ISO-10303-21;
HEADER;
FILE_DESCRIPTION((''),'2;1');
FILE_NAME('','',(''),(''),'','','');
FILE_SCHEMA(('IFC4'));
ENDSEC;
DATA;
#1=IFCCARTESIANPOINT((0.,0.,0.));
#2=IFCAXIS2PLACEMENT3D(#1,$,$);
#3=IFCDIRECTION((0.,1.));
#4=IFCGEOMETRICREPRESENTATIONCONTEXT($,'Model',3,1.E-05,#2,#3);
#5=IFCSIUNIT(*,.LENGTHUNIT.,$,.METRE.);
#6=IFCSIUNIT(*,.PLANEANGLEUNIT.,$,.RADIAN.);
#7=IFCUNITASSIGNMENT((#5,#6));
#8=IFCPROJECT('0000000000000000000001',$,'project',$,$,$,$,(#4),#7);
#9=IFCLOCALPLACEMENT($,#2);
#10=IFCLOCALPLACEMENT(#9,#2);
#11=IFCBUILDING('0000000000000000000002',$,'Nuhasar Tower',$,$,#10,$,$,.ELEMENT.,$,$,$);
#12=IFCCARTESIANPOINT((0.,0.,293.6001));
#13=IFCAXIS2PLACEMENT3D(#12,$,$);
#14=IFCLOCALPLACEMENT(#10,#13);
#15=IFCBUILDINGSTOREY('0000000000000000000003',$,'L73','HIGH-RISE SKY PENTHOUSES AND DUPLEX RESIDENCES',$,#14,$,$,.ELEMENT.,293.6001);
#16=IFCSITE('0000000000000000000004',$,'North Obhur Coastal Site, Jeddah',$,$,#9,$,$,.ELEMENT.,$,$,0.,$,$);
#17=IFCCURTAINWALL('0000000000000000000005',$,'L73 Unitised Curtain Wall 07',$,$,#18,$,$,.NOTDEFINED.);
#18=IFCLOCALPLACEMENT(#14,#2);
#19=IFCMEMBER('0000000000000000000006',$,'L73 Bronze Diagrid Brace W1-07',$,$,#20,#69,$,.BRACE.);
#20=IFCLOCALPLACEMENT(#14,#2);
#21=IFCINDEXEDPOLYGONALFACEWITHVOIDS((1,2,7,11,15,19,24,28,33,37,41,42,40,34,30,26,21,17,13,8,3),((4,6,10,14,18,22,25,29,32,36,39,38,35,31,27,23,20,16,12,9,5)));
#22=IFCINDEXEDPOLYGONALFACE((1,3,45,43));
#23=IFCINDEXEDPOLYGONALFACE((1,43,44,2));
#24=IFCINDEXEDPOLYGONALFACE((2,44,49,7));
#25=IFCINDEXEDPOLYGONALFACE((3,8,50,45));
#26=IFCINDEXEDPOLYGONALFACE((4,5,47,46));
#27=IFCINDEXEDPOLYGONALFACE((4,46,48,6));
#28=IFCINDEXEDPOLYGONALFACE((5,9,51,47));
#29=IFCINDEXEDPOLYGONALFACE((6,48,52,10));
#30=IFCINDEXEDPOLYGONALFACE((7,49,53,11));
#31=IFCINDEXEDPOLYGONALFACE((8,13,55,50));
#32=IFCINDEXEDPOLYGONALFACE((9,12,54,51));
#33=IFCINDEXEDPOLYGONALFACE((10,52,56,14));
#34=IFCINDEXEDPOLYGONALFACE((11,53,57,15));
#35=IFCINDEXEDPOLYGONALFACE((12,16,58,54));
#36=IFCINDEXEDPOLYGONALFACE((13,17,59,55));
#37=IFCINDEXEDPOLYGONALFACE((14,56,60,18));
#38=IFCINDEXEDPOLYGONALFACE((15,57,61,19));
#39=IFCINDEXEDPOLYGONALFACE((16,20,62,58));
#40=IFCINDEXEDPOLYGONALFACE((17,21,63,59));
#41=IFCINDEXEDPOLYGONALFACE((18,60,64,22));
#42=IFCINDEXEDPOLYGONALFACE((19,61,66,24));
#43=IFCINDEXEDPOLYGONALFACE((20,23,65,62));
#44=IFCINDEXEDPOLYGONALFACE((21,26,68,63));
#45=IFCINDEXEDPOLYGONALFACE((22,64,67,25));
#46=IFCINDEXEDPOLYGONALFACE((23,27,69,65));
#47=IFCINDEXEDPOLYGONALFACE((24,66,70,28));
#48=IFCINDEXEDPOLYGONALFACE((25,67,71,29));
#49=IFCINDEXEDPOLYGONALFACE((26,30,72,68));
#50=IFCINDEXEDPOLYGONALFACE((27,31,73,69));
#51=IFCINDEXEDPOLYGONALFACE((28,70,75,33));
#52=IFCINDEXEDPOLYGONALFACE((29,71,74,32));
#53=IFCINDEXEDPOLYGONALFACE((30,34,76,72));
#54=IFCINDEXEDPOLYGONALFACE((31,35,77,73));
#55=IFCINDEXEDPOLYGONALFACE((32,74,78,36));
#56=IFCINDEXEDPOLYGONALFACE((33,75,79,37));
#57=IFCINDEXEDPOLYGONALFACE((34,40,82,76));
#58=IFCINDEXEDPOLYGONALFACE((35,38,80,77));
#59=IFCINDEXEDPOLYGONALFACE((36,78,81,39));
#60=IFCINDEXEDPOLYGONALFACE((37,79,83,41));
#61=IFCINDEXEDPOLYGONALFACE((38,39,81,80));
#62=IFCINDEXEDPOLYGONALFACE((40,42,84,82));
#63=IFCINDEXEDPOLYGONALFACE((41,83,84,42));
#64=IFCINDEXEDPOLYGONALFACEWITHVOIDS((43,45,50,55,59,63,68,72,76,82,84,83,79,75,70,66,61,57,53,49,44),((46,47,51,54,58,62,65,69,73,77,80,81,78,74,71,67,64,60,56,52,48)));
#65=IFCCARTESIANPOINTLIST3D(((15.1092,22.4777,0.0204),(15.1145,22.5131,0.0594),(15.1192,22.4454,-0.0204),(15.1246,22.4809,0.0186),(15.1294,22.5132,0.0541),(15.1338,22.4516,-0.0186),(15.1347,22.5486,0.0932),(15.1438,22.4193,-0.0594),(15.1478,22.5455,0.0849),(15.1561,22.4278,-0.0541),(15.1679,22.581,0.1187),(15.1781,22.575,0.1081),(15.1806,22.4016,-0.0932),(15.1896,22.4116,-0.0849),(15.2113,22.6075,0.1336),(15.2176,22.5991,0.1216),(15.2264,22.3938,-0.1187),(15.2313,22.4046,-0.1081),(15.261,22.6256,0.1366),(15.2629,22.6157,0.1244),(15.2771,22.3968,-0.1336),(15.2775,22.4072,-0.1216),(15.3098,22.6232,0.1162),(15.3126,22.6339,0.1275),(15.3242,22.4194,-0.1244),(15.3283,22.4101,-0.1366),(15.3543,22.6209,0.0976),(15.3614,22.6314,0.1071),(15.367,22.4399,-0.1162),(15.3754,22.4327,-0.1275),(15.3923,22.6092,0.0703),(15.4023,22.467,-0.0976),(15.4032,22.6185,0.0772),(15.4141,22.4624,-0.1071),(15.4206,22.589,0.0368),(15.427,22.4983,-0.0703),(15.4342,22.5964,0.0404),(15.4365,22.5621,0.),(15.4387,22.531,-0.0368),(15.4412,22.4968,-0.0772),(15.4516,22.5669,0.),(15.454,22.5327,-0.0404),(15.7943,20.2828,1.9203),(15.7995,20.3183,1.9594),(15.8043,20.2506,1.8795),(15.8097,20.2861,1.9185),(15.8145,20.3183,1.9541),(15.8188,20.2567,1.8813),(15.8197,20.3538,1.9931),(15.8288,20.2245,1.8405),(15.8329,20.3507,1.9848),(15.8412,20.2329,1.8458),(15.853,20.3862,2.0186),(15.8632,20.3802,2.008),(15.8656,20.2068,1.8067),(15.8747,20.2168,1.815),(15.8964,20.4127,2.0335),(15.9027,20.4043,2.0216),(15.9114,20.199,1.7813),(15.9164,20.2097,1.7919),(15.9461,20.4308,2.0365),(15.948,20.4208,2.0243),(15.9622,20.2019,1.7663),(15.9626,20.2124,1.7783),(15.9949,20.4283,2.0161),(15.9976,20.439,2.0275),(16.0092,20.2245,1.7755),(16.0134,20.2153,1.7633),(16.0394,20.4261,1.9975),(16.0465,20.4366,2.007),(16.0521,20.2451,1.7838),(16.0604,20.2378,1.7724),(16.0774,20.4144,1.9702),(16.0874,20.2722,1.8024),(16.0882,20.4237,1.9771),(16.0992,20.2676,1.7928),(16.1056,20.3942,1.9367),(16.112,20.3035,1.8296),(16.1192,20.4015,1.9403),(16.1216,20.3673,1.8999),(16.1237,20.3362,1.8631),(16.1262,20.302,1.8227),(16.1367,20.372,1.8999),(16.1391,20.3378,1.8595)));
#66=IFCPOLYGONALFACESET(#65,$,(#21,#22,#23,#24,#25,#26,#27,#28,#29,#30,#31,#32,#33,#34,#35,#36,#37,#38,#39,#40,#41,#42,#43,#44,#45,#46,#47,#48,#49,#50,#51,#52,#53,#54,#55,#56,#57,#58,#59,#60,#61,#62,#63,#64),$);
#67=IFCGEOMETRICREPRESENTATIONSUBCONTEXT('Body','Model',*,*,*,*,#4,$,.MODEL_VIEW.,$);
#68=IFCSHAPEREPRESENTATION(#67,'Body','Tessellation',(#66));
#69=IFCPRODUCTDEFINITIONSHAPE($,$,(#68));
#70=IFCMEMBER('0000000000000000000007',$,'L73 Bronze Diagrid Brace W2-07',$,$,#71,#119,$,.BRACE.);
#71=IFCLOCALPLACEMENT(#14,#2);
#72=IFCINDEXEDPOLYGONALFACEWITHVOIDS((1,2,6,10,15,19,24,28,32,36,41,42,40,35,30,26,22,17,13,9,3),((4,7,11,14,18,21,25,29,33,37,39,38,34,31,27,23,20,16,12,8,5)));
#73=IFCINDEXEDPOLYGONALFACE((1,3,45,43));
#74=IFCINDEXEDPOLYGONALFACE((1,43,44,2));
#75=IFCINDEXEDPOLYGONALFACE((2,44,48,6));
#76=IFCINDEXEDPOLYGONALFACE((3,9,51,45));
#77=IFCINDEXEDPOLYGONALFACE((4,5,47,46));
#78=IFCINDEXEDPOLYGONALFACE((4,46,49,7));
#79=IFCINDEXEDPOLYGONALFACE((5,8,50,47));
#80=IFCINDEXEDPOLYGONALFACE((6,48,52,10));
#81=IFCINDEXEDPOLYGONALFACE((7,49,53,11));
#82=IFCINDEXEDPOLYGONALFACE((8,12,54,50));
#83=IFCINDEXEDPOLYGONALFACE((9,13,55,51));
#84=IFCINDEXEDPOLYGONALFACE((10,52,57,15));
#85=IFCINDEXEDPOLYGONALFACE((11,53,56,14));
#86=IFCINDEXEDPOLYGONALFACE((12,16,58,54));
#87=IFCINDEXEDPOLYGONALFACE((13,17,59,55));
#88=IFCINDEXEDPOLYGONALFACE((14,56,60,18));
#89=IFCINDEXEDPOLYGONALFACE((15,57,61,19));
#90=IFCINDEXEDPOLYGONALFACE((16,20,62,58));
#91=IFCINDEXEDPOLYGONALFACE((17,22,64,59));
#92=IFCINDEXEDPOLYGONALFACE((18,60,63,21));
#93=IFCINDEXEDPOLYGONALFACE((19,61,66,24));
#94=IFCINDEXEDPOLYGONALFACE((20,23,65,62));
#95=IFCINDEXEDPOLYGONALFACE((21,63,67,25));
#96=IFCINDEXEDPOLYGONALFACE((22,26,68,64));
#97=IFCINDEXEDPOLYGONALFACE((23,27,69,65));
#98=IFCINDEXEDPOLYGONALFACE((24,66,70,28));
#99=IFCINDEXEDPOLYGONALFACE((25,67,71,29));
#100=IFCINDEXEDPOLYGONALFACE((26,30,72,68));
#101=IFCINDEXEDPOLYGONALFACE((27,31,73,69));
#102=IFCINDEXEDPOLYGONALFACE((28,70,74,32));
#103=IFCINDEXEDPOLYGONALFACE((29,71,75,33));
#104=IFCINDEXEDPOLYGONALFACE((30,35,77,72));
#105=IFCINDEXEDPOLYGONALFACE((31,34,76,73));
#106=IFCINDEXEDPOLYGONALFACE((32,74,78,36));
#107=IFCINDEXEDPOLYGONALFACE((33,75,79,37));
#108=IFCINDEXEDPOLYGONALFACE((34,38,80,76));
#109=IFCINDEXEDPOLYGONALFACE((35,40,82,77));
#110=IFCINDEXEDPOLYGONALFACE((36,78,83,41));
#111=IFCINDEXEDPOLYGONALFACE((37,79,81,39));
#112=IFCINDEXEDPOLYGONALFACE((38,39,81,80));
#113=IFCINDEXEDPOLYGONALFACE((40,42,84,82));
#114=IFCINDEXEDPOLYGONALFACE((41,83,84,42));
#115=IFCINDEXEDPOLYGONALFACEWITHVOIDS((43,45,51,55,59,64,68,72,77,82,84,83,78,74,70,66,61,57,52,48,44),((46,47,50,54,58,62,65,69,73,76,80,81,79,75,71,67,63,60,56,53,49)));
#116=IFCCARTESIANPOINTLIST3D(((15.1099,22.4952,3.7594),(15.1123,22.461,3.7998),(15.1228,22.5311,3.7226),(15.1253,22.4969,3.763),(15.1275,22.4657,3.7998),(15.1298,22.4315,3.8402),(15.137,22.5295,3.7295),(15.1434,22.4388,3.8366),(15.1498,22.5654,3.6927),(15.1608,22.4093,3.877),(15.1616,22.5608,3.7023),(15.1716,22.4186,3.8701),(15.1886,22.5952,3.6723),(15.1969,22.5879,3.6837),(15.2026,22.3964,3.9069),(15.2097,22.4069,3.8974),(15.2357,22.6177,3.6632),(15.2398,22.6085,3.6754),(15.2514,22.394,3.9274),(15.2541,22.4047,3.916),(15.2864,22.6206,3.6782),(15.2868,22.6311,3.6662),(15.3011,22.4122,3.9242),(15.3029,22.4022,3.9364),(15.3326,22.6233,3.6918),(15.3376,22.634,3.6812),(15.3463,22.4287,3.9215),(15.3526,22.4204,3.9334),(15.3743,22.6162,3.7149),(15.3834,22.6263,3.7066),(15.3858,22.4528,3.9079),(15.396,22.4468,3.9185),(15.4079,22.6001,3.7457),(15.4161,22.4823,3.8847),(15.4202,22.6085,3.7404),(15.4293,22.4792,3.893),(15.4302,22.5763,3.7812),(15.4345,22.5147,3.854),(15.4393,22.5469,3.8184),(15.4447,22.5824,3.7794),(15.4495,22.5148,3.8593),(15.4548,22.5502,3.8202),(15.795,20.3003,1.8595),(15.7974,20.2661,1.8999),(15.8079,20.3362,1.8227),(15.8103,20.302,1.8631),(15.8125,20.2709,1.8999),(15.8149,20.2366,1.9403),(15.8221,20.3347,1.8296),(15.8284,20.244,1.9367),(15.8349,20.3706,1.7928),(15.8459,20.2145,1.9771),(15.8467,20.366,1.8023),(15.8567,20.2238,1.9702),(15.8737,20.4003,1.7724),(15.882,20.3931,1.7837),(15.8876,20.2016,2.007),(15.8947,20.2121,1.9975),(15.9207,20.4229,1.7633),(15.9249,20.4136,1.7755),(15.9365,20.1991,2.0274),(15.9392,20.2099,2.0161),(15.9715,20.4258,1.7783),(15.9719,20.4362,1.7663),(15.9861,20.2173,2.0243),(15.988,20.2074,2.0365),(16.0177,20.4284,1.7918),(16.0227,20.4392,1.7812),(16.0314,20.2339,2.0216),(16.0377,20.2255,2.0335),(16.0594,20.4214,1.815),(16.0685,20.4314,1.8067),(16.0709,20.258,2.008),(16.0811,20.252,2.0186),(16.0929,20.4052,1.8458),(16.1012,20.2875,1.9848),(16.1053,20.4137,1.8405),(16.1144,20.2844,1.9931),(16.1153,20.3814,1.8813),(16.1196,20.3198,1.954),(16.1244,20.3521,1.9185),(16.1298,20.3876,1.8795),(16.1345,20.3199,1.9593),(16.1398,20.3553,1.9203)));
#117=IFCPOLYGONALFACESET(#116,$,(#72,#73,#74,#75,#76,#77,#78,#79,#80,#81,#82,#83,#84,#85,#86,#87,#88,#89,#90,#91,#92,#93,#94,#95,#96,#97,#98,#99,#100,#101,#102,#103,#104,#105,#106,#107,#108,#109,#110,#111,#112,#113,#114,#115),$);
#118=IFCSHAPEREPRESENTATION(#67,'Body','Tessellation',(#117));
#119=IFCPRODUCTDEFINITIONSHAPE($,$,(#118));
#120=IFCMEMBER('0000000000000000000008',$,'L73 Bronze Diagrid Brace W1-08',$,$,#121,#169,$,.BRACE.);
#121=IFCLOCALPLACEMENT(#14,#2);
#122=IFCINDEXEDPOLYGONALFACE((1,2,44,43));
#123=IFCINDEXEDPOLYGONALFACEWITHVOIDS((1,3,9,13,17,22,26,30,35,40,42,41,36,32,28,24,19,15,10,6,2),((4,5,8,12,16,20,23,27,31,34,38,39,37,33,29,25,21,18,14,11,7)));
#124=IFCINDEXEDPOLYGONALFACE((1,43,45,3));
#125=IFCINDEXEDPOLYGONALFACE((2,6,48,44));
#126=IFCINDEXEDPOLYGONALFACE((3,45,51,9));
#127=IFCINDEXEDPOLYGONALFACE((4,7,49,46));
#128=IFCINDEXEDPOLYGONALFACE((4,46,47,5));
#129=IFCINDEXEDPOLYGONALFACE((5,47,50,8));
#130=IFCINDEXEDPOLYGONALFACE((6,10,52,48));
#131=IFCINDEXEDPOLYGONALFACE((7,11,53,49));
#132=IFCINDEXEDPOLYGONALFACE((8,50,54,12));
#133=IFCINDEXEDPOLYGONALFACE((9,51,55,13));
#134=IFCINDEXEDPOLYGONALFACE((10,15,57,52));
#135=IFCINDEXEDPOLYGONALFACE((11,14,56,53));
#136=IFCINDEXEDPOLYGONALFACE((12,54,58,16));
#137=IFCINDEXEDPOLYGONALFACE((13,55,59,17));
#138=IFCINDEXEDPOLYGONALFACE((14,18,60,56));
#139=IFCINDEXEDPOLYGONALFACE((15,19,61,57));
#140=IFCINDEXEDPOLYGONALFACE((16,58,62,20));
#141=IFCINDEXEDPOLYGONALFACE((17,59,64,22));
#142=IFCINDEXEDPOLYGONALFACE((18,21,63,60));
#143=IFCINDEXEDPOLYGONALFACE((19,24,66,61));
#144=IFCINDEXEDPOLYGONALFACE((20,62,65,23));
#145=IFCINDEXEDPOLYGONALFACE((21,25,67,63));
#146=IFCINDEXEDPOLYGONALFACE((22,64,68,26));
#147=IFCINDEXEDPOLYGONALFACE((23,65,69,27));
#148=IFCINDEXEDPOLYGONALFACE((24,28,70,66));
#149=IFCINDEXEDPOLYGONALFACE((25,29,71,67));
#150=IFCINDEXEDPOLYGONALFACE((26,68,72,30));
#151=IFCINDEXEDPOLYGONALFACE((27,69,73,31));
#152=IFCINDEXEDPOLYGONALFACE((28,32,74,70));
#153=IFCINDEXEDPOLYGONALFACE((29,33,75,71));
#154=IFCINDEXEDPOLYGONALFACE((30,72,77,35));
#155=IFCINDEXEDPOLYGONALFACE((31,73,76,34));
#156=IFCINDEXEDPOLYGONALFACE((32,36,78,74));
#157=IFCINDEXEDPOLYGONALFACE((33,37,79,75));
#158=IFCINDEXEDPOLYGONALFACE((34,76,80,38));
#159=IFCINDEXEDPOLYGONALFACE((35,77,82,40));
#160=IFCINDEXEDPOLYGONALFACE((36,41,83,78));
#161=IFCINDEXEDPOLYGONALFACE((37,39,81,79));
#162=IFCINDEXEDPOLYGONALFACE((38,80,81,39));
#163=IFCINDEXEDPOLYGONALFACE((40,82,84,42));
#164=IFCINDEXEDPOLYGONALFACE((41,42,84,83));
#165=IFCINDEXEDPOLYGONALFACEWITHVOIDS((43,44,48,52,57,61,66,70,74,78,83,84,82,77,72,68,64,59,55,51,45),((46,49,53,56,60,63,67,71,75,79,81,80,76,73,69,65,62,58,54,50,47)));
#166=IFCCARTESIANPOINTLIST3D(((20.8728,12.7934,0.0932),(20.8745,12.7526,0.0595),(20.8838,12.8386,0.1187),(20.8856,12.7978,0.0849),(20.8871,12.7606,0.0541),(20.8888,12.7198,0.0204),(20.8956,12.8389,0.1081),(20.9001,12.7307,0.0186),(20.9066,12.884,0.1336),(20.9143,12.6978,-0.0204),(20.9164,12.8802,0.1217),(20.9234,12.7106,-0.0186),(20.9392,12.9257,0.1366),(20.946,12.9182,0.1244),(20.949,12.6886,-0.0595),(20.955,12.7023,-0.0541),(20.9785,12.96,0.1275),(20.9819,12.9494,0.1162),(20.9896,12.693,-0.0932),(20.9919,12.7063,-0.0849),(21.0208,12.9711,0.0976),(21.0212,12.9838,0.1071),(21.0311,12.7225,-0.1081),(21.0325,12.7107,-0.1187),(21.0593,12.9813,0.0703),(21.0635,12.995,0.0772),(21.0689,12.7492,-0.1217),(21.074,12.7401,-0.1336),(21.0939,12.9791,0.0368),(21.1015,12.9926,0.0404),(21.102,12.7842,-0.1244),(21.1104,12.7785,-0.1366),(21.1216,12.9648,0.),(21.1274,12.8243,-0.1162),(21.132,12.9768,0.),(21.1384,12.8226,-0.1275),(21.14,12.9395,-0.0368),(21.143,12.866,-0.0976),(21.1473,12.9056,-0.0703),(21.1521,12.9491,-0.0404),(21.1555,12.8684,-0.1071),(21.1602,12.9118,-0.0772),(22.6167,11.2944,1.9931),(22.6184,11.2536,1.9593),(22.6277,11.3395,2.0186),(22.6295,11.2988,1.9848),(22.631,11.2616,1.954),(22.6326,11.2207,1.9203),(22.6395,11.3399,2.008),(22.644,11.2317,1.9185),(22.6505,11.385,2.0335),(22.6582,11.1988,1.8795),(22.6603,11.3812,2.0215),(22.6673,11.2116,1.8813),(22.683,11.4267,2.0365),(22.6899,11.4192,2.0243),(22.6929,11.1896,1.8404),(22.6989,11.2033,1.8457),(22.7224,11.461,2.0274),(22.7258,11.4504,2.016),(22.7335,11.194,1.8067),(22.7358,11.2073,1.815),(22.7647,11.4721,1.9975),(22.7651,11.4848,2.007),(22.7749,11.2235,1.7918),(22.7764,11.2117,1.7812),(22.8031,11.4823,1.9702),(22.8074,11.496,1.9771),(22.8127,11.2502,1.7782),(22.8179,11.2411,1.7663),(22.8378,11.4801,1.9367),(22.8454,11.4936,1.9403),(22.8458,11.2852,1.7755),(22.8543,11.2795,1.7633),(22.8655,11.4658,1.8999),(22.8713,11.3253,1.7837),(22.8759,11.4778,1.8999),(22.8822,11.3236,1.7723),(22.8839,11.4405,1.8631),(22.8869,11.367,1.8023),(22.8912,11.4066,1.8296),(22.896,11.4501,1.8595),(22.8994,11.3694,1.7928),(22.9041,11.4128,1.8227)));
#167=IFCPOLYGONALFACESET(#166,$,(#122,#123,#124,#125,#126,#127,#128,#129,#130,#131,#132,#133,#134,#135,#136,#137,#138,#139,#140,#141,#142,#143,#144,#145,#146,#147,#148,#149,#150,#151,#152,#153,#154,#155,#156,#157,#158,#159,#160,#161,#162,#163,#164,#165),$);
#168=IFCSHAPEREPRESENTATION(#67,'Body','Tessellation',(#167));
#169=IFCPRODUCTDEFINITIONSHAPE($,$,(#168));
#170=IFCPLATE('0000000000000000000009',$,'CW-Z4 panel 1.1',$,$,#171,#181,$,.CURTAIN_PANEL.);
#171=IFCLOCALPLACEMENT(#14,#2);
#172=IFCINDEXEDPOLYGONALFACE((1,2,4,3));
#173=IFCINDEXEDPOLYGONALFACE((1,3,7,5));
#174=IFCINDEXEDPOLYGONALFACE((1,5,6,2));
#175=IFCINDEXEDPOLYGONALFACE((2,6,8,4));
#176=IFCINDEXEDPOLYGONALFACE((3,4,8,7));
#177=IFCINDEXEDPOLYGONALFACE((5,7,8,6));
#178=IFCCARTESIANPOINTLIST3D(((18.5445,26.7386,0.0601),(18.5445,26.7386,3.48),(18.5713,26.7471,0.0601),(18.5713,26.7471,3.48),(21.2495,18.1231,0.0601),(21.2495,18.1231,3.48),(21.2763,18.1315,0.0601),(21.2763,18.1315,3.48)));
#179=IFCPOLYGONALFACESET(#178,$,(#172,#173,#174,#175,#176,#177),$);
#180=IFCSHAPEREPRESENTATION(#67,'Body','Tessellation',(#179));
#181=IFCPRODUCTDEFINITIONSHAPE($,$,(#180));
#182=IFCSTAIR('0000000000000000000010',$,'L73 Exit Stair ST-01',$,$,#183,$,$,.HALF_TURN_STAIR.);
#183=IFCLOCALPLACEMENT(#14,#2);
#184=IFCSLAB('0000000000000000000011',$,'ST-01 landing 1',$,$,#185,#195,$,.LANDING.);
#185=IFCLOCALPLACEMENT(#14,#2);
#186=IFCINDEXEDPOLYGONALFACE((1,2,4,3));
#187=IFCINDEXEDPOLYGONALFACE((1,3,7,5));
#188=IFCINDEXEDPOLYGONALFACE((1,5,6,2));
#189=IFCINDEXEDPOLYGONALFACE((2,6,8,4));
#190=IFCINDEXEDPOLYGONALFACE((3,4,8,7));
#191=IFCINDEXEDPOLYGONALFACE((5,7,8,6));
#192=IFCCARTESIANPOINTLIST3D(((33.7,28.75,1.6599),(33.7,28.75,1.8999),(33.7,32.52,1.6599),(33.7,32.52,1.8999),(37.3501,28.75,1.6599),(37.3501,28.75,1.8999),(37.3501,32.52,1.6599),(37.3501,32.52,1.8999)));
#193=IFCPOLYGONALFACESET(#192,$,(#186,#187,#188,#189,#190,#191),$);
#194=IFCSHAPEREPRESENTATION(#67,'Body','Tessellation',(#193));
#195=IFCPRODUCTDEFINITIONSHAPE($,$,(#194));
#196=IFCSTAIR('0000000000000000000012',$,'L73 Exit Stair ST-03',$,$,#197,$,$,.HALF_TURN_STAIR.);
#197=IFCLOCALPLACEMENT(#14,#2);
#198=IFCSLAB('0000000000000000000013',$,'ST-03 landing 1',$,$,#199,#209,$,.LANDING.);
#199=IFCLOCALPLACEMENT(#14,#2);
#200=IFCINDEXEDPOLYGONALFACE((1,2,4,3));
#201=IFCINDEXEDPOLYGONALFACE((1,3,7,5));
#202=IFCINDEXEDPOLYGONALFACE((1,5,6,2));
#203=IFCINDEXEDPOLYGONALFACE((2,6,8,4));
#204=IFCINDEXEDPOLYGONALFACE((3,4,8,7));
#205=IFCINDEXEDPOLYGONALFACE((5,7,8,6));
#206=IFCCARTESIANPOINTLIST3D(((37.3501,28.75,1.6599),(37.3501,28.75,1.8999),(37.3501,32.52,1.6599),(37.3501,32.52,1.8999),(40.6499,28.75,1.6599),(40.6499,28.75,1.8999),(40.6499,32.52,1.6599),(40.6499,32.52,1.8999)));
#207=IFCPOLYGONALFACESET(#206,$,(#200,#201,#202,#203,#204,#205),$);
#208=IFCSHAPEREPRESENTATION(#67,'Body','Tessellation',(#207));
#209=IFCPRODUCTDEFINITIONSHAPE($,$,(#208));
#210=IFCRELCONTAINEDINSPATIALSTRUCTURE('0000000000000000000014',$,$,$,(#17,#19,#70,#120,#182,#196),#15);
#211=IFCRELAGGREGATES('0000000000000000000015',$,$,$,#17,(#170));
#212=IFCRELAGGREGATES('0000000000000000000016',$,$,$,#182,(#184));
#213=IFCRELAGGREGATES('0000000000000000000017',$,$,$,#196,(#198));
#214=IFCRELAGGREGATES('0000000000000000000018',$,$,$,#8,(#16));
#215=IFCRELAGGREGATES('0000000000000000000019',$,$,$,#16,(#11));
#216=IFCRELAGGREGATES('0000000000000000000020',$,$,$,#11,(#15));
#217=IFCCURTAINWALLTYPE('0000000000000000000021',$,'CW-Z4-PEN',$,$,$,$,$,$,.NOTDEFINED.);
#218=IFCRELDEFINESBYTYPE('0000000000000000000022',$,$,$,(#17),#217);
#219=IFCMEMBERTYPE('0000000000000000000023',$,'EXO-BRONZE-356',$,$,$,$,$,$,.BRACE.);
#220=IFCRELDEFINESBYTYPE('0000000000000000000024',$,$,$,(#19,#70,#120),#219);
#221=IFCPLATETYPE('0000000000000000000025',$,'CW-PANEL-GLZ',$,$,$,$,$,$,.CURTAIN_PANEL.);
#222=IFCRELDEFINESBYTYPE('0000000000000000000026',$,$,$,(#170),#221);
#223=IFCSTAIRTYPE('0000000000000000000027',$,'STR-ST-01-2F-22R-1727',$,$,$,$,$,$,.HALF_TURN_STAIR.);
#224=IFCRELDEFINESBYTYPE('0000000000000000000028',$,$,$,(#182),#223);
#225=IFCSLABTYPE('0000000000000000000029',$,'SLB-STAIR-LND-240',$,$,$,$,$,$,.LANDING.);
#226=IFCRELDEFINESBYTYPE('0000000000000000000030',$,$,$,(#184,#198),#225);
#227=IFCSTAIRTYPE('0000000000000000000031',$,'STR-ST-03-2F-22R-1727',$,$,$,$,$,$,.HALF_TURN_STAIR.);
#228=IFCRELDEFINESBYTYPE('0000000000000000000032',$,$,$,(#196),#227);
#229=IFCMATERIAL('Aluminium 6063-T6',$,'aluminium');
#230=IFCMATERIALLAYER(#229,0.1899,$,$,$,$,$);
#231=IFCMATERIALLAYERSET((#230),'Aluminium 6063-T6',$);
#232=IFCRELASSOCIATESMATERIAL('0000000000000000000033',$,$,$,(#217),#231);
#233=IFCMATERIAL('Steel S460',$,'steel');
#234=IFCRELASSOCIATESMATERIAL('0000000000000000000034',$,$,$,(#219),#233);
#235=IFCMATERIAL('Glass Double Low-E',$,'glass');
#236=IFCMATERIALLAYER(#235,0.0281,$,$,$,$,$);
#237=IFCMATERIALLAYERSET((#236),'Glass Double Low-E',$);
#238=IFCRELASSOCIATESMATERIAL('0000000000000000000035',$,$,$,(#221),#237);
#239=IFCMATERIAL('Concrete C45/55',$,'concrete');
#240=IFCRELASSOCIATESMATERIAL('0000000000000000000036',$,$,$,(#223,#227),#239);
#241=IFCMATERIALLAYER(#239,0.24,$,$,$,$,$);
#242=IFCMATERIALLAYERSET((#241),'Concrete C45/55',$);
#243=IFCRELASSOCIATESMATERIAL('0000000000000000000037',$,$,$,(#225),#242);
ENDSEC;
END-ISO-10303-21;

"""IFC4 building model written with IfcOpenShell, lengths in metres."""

from ifc_helpers import new_model, si_unit, direction, frame, origin, origin_2d, place, context, subcontext, project, spatial, polyline, rectangle, hollow_circle, outline, extrude, material, layer, layer_set, material_profile, profile_set, type_object, element, aggregate, save


model = new_model("IFC4")

# Units and contexts
model_context = context("Model", 3, precision=1e-05, world=origin(), true_north=direction((0.0, 1.0)))
body_context = subcontext(model_context, "Body", "Model", "MODEL_VIEW")
ifc_project = project(units=[si_unit("LENGTHUNIT", "METRE"), si_unit("PLANEANGLEUNIT", "RADIAN")], contexts=[model_context])

# Site, building, storey
site_placement = place(None, origin())
site = spatial("IfcSite", under=ifc_project, at=site_placement, Name="North Obhur Coastal Site, Jeddah", CompositionType="ELEMENT", RefElevation=0.0)
building_placement = place(site_placement, origin())
building = spatial("IfcBuilding", under=site, at=building_placement, Name="Nuhasar Tower", CompositionType="ELEMENT")
storey_placement = place(building_placement, frame((0.0, 0.0, 293.6001)))
storey = spatial("IfcBuildingStorey", under=building, at=storey_placement, Name="L73", Description="HIGH-RISE SKY PENTHOUSES AND DUPLEX RESIDENCES", CompositionType="ELEMENT", Elevation=293.6001)

# Curtain wall
ifc_material_1 = material(Name="Aluminium 6063-T6", Category="aluminium")
ifc_layer_1 = layer(ifc_material_1, 0.1899)
ifc_layer_set_1 = layer_set([ifc_layer_1], Name="Aluminium 6063-T6")
curtain_wall_type = type_object("IfcCurtainWallType", Name="CW-Z4-PEN", PredefinedType="NOTDEFINED", material=ifc_layer_set_1)
curtain_wall_1_placement = place(storey_placement, origin())
curtain_wall_1 = element("IfcCurtainWall", 1, at=curtain_wall_1_placement, inside=storey, type_object=curtain_wall_type, Name="L73 Unitised Curtain Wall 07", PredefinedType="NOTDEFINED")

# Members
ifc_material_2 = material(Name="Steel S460", Category="steel")
ifc_material_profile_1 = material_profile(ifc_material_2, hollow_circle(Radius=0.1777, WallThickness=0.0159, at=origin_2d()), Name="HSS355.6X15.9")
ifc_profile_set_1 = profile_set([ifc_material_profile_1], Name="Steel S460")
member_type_1 = type_object("IfcMemberType", Name="EXO-BRONZE-356", PredefinedType="BRACE", material=ifc_profile_set_1)
for number, where, z_axis, x_axis, name in (
    (2, (15.282, 22.5139, 0.0), (0.229681, -0.735864, 0.636985), (0.954582, 0.297948, 0.0), "L73 Bronze Diagrid Brace W1-07"),
    (3, (15.967, 20.3191, 1.8999), (-0.229681, 0.735864, 0.636985), (-0.954582, -0.297948, 0.0), "L73 Bronze Diagrid Brace W2-07"),
):
    element("IfcMember", number, at=place(storey_placement, frame(where, z_axis=z_axis, x_axis=x_axis)), inside=storey, type_object=member_type_1, Name=name, PredefinedType="BRACE", context=body_context, shape_type="SweptSolid", body=[
        extrude(hollow_circle(Radius=0.1777, WallThickness=0.0159, at=origin_2d()), origin(), (0.0, 0.0, 1.0), 2.9827),
    ])
member_1_placement = place(storey_placement, frame((21.0161, 12.842, 0.0), z_axis=(0.584625, -0.502534, 0.636925), x_axis=(0.651857, 0.758342, 0.0)))
element("IfcMember", 4, at=member_1_placement, inside=storey, type_object=member_type_1, Name="L73 Bronze Diagrid Brace W1-08", PredefinedType="BRACE", context=body_context, shape_type="SweptSolid", body=[
    extrude(hollow_circle(Radius=0.1777, WallThickness=0.0159, at=origin_2d()), origin(), (0.0, 0.0, 1.0), 2.9829),
])

# Plate
ifc_material_3 = material(Name="Glass Double Low-E", Category="glass")
ifc_layer_2 = layer(ifc_material_3, 0.0281)
ifc_layer_set_2 = layer_set([ifc_layer_2], Name="Glass Double Low-E")
plate_type = type_object("IfcPlateType", Name="CW-PANEL-GLZ", PredefinedType="CURTAIN_PANEL", material=ifc_layer_set_2)
plate_placement = place(storey_placement, frame((19.9104, 22.4351, 0.0601), z_axis=(0.0, 0.0, 1.0), x_axis=(0.299557, -0.954079, 0.0)))
plate = element("IfcPlate", 5, at=plate_placement, type_object=plate_type, Name="CW-Z4 panel 1.1", PredefinedType="CURTAIN_PANEL", context=body_context, shape_type="SweptSolid", body=[
    extrude(rectangle(XDim=9.0303, YDim=0.0281, at=origin_2d()), origin(), (0.0, 0.0, 1.0), 3.4199),
])
aggregate(curtain_wall_1, [plate])

# Stairs, slabs
ifc_material_4 = material(Name="Concrete C45/55", Category="concrete")
stair_type_1 = type_object("IfcStairType", Name="STR-ST-01-2F-22R-1727", PredefinedType="HALF_TURN_STAIR", material=ifc_material_4)
stair_1_placement = place(storey_placement, origin())
stair_1 = element("IfcStair", 6, at=stair_1_placement, inside=storey, type_object=stair_type_1, Name="L73 Exit Stair ST-01", PredefinedType="HALF_TURN_STAIR")
ifc_layer_3 = layer(ifc_material_4, 0.24)
ifc_layer_set_3 = layer_set([ifc_layer_3], Name="Concrete C45/55")
slab_type_1 = type_object("IfcSlabType", Name="SLB-STAIR-LND-240", PredefinedType="LANDING", material=ifc_layer_set_3)
slab_1_placement = place(storey_placement, frame((0.0, 0.0, 1.6599)))
slab_1 = element("IfcSlab", 7, at=slab_1_placement, type_object=slab_type_1, Name="ST-01 landing 1", PredefinedType="LANDING", context=body_context, shape_type="SweptSolid", body=[
    extrude(outline(polyline([(33.7, 28.75), (37.3501, 28.75), (37.3501, 32.52), (33.7, 32.52), (33.7, 28.75)])), origin(), (0.0, 0.0, 1.0), 0.24),
])
aggregate(stair_1, [slab_1])
stair_type_2 = type_object("IfcStairType", Name="STR-ST-03-2F-22R-1727", PredefinedType="HALF_TURN_STAIR", material=ifc_material_4)
stair_2_placement = place(storey_placement, origin())
stair_2 = element("IfcStair", 8, at=stair_2_placement, inside=storey, type_object=stair_type_2, Name="L73 Exit Stair ST-03", PredefinedType="HALF_TURN_STAIR")
slab_2_placement = place(storey_placement, frame((0.0, 0.0, 1.6599)))
slab_2 = element("IfcSlab", 9, at=slab_2_placement, type_object=slab_type_1, Name="ST-03 landing 1", PredefinedType="LANDING", context=body_context, shape_type="SweptSolid", body=[
    extrude(outline(polyline([(37.3501, 28.75), (40.6499, 28.75), (40.6499, 32.52), (37.3501, 32.52), (37.3501, 28.75)])), origin(), (0.0, 0.0, 1.0), 0.24),
])
aggregate(stair_2, [slab_2])

save(model, "model.ifc")
